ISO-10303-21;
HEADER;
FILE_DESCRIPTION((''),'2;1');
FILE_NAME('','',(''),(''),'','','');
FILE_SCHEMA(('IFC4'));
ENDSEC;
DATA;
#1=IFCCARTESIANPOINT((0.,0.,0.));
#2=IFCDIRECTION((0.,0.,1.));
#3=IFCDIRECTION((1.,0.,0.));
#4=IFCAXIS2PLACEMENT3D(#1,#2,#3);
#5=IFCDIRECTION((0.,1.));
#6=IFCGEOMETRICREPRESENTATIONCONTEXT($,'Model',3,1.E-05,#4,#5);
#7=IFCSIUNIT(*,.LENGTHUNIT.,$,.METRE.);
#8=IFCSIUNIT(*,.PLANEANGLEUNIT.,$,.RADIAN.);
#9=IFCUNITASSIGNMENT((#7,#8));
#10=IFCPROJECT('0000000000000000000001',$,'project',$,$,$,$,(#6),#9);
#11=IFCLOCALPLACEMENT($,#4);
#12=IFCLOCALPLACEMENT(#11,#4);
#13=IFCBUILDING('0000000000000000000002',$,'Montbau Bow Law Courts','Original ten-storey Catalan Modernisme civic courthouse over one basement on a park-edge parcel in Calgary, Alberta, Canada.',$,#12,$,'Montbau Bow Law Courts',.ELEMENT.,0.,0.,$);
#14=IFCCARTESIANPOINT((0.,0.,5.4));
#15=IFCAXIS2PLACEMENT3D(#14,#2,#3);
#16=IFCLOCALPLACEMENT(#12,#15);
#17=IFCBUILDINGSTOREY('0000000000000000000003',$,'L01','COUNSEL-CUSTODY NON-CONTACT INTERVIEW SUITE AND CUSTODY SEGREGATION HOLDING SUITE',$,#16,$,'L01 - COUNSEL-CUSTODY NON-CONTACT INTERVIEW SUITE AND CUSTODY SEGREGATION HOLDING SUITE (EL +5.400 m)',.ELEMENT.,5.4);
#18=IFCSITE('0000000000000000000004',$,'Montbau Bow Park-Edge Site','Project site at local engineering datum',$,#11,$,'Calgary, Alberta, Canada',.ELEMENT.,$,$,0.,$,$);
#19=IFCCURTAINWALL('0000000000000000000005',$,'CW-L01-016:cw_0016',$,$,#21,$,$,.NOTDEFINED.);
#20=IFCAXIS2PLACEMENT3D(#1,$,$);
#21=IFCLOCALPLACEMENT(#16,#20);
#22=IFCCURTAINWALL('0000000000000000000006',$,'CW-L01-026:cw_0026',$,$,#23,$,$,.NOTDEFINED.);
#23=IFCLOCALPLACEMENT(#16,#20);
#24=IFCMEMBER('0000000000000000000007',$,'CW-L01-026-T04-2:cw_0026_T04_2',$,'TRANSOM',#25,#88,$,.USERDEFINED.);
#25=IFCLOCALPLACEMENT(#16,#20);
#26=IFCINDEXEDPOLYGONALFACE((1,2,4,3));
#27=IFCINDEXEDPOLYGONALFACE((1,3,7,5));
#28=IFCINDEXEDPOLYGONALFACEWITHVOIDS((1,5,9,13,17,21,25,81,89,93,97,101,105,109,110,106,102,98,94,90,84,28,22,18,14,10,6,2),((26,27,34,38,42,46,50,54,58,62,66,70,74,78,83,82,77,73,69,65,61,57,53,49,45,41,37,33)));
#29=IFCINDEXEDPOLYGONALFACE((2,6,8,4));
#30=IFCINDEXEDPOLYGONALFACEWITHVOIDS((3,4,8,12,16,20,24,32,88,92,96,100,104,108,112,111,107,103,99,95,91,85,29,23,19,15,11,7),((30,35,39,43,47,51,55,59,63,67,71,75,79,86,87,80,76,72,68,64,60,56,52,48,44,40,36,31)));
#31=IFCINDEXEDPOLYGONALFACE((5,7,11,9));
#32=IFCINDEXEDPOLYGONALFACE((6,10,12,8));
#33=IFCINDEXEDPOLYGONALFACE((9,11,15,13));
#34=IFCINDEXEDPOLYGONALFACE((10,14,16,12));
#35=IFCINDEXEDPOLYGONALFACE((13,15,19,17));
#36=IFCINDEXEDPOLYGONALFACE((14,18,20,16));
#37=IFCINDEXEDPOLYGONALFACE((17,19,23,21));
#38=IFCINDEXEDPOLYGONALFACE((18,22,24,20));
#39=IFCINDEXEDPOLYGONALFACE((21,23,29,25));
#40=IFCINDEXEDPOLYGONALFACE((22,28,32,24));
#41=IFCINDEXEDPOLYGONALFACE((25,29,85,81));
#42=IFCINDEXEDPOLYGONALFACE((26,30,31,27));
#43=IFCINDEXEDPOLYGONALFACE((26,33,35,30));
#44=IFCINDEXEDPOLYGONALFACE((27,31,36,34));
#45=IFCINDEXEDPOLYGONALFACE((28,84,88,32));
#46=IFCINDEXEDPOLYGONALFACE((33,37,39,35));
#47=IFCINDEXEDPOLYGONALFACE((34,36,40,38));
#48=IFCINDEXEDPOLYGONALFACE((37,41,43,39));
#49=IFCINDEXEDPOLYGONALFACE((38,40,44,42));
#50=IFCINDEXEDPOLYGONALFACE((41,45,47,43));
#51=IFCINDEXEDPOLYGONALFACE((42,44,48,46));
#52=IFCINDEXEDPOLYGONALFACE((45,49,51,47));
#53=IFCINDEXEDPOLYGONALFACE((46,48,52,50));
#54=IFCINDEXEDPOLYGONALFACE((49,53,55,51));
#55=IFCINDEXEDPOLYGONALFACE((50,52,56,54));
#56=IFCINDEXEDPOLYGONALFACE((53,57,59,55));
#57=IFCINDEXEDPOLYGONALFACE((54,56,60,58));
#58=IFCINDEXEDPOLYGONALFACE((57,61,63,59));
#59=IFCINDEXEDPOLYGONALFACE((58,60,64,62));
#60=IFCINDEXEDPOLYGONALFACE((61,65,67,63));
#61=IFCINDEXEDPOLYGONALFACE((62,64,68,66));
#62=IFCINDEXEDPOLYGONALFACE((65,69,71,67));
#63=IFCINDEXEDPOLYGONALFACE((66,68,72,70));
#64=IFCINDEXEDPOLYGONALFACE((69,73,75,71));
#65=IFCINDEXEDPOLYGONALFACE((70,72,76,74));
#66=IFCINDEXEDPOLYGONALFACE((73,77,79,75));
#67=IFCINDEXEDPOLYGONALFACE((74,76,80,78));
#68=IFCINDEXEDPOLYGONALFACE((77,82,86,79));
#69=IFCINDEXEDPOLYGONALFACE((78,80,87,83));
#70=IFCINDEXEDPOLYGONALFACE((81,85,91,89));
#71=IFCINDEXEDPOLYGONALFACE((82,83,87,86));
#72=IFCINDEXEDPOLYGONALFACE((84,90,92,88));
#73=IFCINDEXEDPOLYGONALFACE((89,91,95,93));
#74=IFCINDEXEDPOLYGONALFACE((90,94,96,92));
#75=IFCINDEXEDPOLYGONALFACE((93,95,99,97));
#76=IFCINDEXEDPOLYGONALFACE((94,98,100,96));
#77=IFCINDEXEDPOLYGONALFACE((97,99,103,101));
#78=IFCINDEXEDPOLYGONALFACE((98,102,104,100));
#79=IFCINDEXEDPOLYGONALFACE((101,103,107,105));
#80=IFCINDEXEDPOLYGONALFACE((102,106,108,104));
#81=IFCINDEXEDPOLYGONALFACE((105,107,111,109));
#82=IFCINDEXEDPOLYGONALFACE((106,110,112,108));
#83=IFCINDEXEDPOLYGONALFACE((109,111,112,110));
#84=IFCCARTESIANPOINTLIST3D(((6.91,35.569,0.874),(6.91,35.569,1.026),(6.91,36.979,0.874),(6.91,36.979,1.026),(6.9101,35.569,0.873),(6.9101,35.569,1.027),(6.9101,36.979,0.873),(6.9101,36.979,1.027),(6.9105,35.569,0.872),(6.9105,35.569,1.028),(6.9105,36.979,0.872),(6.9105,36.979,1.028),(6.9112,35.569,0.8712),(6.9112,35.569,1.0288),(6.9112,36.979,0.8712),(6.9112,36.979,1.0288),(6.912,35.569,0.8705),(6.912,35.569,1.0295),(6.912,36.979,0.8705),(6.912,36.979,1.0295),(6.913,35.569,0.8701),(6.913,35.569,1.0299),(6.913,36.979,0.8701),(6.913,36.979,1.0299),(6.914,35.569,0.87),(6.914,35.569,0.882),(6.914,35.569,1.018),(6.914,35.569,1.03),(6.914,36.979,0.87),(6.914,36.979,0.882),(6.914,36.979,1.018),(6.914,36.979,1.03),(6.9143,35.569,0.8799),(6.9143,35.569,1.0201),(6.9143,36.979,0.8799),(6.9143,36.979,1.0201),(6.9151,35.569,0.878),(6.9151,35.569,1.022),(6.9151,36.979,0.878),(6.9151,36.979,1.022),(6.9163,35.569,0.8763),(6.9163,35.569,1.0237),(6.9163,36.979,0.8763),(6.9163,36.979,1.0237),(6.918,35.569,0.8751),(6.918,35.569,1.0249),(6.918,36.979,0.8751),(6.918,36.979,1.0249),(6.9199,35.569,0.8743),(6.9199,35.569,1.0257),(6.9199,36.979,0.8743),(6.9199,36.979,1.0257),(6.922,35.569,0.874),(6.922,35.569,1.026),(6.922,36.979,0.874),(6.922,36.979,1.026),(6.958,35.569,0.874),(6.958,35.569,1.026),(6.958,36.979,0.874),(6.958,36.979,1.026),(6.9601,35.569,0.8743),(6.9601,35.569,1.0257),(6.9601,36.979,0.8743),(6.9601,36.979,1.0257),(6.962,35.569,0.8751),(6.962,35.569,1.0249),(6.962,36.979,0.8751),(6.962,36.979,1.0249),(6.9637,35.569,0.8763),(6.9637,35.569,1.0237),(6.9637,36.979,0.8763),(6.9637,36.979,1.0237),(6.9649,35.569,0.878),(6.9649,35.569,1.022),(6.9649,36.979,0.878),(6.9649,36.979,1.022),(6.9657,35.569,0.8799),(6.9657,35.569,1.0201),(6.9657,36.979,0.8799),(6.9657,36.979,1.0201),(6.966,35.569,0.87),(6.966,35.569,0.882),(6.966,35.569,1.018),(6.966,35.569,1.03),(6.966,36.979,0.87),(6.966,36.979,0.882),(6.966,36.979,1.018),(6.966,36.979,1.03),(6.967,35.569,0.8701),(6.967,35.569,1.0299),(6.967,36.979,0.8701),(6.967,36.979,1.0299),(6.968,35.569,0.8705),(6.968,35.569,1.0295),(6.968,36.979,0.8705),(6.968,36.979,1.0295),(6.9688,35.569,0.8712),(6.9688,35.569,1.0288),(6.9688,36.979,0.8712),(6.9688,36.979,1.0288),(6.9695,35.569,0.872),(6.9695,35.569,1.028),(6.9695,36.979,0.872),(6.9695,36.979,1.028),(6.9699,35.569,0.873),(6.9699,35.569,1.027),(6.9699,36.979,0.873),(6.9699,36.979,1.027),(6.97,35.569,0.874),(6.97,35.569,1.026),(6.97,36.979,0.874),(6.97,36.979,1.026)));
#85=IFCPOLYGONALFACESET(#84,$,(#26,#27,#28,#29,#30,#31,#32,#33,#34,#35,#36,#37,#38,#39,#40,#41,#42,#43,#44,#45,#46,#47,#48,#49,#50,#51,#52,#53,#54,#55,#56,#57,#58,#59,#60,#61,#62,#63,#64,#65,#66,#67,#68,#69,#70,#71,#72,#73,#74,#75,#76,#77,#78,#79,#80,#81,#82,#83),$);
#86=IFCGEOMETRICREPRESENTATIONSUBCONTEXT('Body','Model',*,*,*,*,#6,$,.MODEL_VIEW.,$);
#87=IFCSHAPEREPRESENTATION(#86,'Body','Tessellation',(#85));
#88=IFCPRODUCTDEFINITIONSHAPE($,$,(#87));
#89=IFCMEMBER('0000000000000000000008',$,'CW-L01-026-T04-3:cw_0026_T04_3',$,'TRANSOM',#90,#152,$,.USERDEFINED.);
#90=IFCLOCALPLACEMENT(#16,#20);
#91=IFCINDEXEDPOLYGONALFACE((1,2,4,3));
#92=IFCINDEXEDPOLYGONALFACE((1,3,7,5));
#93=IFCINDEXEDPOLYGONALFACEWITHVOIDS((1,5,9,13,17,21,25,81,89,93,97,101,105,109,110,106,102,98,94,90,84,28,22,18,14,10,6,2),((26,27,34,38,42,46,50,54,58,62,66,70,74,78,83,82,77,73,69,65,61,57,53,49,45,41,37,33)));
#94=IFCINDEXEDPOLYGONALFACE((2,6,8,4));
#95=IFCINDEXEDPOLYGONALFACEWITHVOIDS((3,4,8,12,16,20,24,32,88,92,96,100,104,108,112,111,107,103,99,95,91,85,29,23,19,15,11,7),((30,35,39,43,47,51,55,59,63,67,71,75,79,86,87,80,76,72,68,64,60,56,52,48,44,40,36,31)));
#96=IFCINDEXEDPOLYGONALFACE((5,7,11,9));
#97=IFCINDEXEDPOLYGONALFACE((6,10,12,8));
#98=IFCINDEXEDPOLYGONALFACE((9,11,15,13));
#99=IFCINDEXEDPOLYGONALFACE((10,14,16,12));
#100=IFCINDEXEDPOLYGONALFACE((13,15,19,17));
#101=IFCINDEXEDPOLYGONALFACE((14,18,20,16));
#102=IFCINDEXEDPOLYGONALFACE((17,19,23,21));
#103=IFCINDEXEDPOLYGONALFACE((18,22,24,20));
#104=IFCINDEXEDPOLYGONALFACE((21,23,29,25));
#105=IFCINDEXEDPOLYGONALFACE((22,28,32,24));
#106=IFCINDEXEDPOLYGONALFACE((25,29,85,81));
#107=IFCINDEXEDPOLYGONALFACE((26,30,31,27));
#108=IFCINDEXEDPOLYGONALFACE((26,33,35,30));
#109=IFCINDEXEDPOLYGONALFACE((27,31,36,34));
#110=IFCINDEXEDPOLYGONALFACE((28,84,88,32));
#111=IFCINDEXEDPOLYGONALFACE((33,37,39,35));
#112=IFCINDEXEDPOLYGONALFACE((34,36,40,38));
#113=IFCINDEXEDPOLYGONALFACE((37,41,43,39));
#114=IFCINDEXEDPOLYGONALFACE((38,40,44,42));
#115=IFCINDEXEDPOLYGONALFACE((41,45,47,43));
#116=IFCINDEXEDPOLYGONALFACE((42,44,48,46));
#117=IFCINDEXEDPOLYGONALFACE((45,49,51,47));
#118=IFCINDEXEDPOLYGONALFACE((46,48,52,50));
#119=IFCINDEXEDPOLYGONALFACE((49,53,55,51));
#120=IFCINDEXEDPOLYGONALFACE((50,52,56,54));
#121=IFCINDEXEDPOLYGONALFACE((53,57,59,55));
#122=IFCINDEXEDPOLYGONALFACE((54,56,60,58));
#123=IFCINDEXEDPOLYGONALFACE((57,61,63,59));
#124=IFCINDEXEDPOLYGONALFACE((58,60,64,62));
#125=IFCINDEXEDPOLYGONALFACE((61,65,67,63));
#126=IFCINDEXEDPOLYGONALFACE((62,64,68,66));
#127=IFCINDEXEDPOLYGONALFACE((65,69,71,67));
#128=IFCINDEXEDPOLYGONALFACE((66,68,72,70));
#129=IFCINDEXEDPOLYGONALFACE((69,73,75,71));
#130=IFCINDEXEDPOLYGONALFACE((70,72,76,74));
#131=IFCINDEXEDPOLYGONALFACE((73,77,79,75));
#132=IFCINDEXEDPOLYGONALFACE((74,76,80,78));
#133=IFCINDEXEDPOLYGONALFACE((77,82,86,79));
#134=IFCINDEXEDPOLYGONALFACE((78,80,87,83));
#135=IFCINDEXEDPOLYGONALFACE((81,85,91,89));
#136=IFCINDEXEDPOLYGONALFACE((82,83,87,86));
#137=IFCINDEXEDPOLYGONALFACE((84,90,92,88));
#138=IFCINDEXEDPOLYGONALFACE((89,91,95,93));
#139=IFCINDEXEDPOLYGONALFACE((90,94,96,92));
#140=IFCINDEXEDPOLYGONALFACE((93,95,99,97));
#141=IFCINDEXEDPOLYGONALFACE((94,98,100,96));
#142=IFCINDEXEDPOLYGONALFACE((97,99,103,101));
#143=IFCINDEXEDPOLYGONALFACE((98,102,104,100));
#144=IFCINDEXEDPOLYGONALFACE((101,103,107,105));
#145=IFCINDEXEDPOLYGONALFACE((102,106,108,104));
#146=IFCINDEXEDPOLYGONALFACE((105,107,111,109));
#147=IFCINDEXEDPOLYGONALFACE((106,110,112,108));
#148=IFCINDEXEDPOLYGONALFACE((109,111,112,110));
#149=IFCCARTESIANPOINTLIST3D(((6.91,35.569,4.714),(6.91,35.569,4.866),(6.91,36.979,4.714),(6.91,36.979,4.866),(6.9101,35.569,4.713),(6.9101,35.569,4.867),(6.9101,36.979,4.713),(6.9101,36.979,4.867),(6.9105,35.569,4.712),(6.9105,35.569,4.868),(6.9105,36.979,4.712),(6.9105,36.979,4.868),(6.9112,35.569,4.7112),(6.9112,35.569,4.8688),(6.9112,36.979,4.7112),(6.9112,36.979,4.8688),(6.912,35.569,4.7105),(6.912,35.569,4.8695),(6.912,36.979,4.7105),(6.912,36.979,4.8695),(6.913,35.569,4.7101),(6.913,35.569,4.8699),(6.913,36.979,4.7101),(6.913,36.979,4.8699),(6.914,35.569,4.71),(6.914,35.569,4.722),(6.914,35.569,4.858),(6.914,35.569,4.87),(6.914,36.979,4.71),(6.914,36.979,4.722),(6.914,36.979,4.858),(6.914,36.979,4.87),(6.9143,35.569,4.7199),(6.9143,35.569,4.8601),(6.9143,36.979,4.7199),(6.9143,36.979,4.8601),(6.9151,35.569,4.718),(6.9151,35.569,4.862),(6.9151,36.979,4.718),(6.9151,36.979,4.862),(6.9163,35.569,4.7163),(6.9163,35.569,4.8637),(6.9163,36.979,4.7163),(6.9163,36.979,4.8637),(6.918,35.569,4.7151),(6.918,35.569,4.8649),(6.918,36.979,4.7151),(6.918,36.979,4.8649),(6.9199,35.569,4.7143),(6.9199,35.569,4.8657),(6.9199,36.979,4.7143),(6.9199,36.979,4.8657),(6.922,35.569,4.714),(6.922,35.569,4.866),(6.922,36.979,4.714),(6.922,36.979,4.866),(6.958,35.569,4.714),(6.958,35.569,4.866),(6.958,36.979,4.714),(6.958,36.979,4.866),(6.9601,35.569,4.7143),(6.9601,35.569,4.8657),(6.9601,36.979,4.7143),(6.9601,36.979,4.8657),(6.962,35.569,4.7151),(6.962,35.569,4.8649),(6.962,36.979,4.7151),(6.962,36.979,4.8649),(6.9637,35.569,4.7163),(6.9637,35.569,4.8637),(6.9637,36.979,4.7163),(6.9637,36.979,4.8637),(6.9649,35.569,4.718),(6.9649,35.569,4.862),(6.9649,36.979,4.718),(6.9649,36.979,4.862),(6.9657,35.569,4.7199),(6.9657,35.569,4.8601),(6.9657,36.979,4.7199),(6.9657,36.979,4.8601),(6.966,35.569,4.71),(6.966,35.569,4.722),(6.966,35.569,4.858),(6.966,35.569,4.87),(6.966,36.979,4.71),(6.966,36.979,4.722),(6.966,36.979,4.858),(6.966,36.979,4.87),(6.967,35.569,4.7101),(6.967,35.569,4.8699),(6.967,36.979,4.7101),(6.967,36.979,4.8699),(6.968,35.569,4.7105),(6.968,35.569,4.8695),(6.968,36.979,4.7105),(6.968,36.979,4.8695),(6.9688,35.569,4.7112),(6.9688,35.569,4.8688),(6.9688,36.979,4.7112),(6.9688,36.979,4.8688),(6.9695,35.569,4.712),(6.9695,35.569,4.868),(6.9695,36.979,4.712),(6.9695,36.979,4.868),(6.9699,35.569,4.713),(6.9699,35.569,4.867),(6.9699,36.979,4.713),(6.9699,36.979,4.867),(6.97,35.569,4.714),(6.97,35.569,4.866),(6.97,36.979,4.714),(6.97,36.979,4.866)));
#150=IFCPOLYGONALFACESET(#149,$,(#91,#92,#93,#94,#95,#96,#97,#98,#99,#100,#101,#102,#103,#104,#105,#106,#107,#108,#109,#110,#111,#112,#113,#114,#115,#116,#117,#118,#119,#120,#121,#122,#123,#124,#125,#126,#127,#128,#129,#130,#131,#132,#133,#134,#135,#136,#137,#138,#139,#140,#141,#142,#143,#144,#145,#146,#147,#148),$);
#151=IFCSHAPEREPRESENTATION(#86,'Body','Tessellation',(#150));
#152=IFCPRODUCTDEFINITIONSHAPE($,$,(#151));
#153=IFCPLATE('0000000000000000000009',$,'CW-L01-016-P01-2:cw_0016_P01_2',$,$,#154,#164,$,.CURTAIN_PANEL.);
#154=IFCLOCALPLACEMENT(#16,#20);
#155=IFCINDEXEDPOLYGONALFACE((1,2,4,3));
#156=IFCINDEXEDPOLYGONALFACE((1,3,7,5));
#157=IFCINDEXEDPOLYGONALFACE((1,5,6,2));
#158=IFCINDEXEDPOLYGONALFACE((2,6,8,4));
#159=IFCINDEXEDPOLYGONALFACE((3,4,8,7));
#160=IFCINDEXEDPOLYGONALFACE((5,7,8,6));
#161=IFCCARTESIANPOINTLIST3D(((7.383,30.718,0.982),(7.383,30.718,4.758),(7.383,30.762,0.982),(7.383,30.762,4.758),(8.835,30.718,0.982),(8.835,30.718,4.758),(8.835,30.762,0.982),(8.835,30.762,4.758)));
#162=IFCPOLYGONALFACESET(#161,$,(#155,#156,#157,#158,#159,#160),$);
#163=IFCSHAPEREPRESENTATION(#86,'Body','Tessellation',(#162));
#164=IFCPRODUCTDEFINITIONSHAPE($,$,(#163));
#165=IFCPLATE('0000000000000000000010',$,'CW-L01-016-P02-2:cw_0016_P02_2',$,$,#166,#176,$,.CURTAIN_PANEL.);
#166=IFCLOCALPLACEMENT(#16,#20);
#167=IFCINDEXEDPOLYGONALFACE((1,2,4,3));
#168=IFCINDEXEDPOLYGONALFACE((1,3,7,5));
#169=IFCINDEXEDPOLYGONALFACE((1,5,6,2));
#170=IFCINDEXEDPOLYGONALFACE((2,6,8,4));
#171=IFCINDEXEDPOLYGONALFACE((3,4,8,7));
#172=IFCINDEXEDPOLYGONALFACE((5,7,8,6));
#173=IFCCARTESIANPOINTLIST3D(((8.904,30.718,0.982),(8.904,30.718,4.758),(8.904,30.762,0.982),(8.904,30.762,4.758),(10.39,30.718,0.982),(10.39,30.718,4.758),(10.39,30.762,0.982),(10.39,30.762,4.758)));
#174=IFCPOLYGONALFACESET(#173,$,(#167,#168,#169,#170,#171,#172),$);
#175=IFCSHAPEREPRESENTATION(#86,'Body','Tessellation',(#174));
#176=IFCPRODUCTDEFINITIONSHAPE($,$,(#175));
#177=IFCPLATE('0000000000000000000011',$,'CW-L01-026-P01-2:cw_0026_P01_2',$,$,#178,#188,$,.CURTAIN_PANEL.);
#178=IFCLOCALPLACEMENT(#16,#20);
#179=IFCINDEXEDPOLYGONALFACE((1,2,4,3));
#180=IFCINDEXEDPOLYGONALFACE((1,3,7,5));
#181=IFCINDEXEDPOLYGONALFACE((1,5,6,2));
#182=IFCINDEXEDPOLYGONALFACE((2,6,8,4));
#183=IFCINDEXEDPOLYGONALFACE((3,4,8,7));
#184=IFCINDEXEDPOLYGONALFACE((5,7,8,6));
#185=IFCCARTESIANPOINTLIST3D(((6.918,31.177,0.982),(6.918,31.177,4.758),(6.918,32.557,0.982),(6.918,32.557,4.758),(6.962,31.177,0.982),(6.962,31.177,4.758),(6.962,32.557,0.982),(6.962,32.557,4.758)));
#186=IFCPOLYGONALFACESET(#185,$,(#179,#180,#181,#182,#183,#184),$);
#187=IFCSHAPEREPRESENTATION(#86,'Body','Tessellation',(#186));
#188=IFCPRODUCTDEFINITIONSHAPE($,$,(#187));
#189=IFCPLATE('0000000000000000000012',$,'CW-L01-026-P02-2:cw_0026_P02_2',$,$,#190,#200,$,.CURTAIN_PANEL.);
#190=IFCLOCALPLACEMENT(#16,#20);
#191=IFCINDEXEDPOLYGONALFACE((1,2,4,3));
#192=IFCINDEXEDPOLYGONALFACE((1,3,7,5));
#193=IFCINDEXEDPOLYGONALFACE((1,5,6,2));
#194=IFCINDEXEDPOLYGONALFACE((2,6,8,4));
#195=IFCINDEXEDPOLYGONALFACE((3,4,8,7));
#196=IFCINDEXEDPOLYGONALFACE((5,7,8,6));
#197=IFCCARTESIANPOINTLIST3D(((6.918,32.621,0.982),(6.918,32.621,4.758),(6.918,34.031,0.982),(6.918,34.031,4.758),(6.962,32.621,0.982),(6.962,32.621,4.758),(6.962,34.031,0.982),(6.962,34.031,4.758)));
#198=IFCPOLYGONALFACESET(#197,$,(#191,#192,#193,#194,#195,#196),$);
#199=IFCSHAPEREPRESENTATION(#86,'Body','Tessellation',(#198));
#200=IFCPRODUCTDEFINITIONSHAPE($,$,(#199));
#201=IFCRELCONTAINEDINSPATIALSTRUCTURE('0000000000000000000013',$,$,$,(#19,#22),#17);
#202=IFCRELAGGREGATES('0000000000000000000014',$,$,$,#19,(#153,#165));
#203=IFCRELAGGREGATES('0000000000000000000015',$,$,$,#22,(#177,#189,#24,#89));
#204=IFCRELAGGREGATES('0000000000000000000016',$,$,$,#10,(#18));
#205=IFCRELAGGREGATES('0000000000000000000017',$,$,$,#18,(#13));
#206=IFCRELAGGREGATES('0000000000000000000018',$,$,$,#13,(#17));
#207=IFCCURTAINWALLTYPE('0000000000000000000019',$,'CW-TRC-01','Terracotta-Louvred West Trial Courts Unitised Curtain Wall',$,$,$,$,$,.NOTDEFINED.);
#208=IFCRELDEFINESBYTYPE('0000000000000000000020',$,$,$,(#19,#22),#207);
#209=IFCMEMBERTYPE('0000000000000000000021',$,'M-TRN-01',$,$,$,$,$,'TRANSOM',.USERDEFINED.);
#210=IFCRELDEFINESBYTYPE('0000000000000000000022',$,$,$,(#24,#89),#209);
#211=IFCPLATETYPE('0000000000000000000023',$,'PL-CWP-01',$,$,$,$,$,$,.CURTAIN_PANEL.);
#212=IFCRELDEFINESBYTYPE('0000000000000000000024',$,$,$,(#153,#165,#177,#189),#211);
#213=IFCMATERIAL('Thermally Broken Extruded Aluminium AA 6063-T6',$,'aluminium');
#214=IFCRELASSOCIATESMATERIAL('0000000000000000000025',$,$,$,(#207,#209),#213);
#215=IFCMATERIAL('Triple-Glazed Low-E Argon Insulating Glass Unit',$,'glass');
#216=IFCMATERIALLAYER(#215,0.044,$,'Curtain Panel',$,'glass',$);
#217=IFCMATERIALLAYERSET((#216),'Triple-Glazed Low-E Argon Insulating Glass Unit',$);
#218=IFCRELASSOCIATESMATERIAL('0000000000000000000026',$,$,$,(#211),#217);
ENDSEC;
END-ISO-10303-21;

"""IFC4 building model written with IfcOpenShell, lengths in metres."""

from ifc_helpers import new_model, si_unit, direction, frame, frame_2d, origin_with_axes, origin_2d_with_axis, place, context, subcontext, project, spatial, rectangle, hollow_rectangle, extrude, material, layer, layer_set, material_profile, profile_set, type_object, element, aggregate, save


model = new_model("IFC4")

# Units and contexts
model_context = context("Model", 3, precision=1e-05, world=origin_with_axes(), true_north=direction((0.0, 1.0)))
body_context = subcontext(model_context, "Body", "Model", "MODEL_VIEW")
ifc_project = project(units=[si_unit("LENGTHUNIT", "METRE"), si_unit("PLANEANGLEUNIT", "RADIAN")], contexts=[model_context])

# Site, building, storey
site_placement = place(None, origin_with_axes())
site = spatial("IfcSite", under=ifc_project, at=site_placement, Name="Montbau Bow Park-Edge Site", Description="Project site at local engineering datum", LongName="Calgary, Alberta, Canada", CompositionType="ELEMENT", RefElevation=0.0)
building_placement = place(site_placement, origin_with_axes())
building = spatial("IfcBuilding", under=site, at=building_placement, Name="Montbau Bow Law Courts", Description="Original ten-storey Catalan Modernisme civic courthouse over one basement on a park-edge parcel in Calgary, Alberta, Canada.", LongName="Montbau Bow Law Courts", CompositionType="ELEMENT", ElevationOfRefHeight=0.0, ElevationOfTerrain=0.0)
storey_placement = place(building_placement, frame((0.0, 0.0, 5.4), z_axis=(0.0, 0.0, 1.0), x_axis=(1.0, 0.0, 0.0)))
storey = spatial("IfcBuildingStorey", under=building, at=storey_placement, Name="L01", Description="COUNSEL-CUSTODY NON-CONTACT INTERVIEW SUITE AND CUSTODY SEGREGATION HOLDING SUITE", LongName="L01 - COUNSEL-CUSTODY NON-CONTACT INTERVIEW SUITE AND CUSTODY SEGREGATION HOLDING SUITE (EL +5.400 m)", CompositionType="ELEMENT", Elevation=5.4)

# Curtain walls, members
ifc_material_1 = material(Name="Thermally Broken Extruded Aluminium AA 6063-T6", Category="aluminium")
curtain_wall_type = type_object("IfcCurtainWallType", Name="CW-TRC-01", Description="Terracotta-Louvred West Trial Courts Unitised Curtain Wall", PredefinedType="NOTDEFINED", material=ifc_material_1)
curtain_wall_1_placement = place(None, frame((7.315, 30.74, 5.4), z_axis=(0.0, 0.0, 1.0), x_axis=(1.0, 0.0, 0.0)))
curtain_wall_1 = element("IfcCurtainWall", 1, at=curtain_wall_1_placement, inside=storey, type_object=curtain_wall_type, Name="CW-L01-016:cw_0016", PredefinedType="NOTDEFINED")
ifc_material_profile = material_profile(ifc_material_1, hollow_rectangle(XDim=0.06, YDim=0.16, WallThickness=0.004, InnerFilletRadius=0.008, OuterFilletRadius=0.004, at=origin_2d_with_axis()), Name="CWT-160X60", Category="Main", Priority=0)
ifc_profile_set = profile_set([ifc_material_profile], Name="Thermally Broken Extruded Aluminium AA 6063-T6")
member_type = type_object("IfcMemberType", Name="M-TRN-01", ElementType="TRANSOM", PredefinedType="USERDEFINED", material=ifc_profile_set)
curtain_wall_2_placement = place(None, frame((6.94, 31.115, 5.4), z_axis=(0.0, 0.0, 1.0), x_axis=(1.0, 0.0, 0.0)))
curtain_wall_2 = element("IfcCurtainWall", 2, at=curtain_wall_2_placement, inside=storey, type_object=curtain_wall_type, Name="CW-L01-026:cw_0026", PredefinedType="NOTDEFINED")
member_1_placement = place(None, frame((6.94, 35.569, 6.35), z_axis=(0.0, 1.0, 0.0), x_axis=(-1.0, 0.0, 0.0)))
member_1 = element("IfcMember", 3, at=member_1_placement, type_object=member_type, Name="CW-L01-026-T04-2:cw_0026_T04_2", ObjectType="TRANSOM", PredefinedType="USERDEFINED", context=body_context, shape_type="SweptSolid", body=[
    extrude(hollow_rectangle(XDim=0.06, YDim=0.16, WallThickness=0.004, InnerFilletRadius=0.008, OuterFilletRadius=0.004, at=origin_2d_with_axis()), origin_with_axes(), (0.0, 0.0, 1.0), 1.41),
])
member_2_placement = place(None, frame((6.94, 35.569, 10.19), z_axis=(0.0, 1.0, 0.0), x_axis=(-1.0, 0.0, 0.0)))
member_2 = element("IfcMember", 4, at=member_2_placement, type_object=member_type, Name="CW-L01-026-T04-3:cw_0026_T04_3", ObjectType="TRANSOM", PredefinedType="USERDEFINED", context=body_context, shape_type="SweptSolid", body=[
    extrude(hollow_rectangle(XDim=0.06, YDim=0.16, WallThickness=0.004, InnerFilletRadius=0.008, OuterFilletRadius=0.004, at=origin_2d_with_axis()), origin_with_axes(), (0.0, 0.0, 1.0), 1.41),
])

# Plates
ifc_material_2 = material(Name="Triple-Glazed Low-E Argon Insulating Glass Unit", Category="glass")
ifc_layer_1 = layer(ifc_material_2, 0.044, Name="Curtain Panel", Category="glass")
ifc_layer_set_1 = layer_set([ifc_layer_1], Name="Triple-Glazed Low-E Argon Insulating Glass Unit")
plate_type_1 = type_object("IfcPlateType", Name="PL-CWP-01", PredefinedType="CURTAIN_PANEL", material=ifc_layer_set_1)
plate_1_placement = place(None, frame((7.383, 30.74, 6.382), z_axis=(0.0, -1.0, 0.0), x_axis=(1.0, 0.0, 0.0)))
plate_1 = element("IfcPlate", 5, at=plate_1_placement, type_object=plate_type_1, Name="CW-L01-016-P01-2:cw_0016_P01_2", PredefinedType="CURTAIN_PANEL", context=body_context, shape_type="SweptSolid", body=[
    extrude(rectangle(XDim=1.452, YDim=3.776, at=frame_2d((0.726, 1.888), x_axis=(1.0, 0.0))), frame((0.0, 0.0, -0.022), z_axis=(0.0, 0.0, 1.0), x_axis=(1.0, 0.0, 0.0)), (0.0, 0.0, 1.0), 0.044),
])
plate_2_placement = place(None, frame((8.904, 30.74, 6.382), z_axis=(0.0, -1.0, 0.0), x_axis=(1.0, 0.0, 0.0)))
plate_2 = element("IfcPlate", 6, at=plate_2_placement, type_object=plate_type_1, Name="CW-L01-016-P02-2:cw_0016_P02_2", PredefinedType="CURTAIN_PANEL", context=body_context, shape_type="SweptSolid", body=[
    extrude(rectangle(XDim=1.486, YDim=3.776, at=frame_2d((0.743, 1.888), x_axis=(1.0, 0.0))), frame((0.0, 0.0, -0.022), z_axis=(0.0, 0.0, 1.0), x_axis=(1.0, 0.0, 0.0)), (0.0, 0.0, 1.0), 0.044),
])
plate_3_placement = place(None, frame((6.94, 31.177, 6.382), z_axis=(1.0, 0.0, 0.0), x_axis=(0.0, 1.0, 0.0)))
plate_3 = element("IfcPlate", 7, at=plate_3_placement, type_object=plate_type_1, Name="CW-L01-026-P01-2:cw_0026_P01_2", PredefinedType="CURTAIN_PANEL", context=body_context, shape_type="SweptSolid", body=[
    extrude(rectangle(XDim=1.38, YDim=3.776, at=frame_2d((0.69, 1.888), x_axis=(1.0, 0.0))), frame((0.0, 0.0, -0.022), z_axis=(0.0, 0.0, 1.0), x_axis=(1.0, 0.0, 0.0)), (0.0, 0.0, 1.0), 0.044),
])
plate_4_placement = place(None, frame((6.94, 32.621, 6.382), z_axis=(1.0, 0.0, 0.0), x_axis=(0.0, 1.0, 0.0)))
plate_4 = element("IfcPlate", 8, at=plate_4_placement, type_object=plate_type_1, Name="CW-L01-026-P02-2:cw_0026_P02_2", PredefinedType="CURTAIN_PANEL", context=body_context, shape_type="SweptSolid", body=[
    extrude(rectangle(XDim=1.41, YDim=3.776, at=frame_2d((0.705, 1.888), x_axis=(1.0, 0.0))), frame((0.0, 0.0, -0.022), z_axis=(0.0, 0.0, 1.0), x_axis=(1.0, 0.0, 0.0)), (0.0, 0.0, 1.0), 0.044),
])
aggregate(curtain_wall_1, [plate_1, plate_2])
aggregate(curtain_wall_2, [plate_3, plate_4, member_1, member_2])

save(model, "model.ifc")
